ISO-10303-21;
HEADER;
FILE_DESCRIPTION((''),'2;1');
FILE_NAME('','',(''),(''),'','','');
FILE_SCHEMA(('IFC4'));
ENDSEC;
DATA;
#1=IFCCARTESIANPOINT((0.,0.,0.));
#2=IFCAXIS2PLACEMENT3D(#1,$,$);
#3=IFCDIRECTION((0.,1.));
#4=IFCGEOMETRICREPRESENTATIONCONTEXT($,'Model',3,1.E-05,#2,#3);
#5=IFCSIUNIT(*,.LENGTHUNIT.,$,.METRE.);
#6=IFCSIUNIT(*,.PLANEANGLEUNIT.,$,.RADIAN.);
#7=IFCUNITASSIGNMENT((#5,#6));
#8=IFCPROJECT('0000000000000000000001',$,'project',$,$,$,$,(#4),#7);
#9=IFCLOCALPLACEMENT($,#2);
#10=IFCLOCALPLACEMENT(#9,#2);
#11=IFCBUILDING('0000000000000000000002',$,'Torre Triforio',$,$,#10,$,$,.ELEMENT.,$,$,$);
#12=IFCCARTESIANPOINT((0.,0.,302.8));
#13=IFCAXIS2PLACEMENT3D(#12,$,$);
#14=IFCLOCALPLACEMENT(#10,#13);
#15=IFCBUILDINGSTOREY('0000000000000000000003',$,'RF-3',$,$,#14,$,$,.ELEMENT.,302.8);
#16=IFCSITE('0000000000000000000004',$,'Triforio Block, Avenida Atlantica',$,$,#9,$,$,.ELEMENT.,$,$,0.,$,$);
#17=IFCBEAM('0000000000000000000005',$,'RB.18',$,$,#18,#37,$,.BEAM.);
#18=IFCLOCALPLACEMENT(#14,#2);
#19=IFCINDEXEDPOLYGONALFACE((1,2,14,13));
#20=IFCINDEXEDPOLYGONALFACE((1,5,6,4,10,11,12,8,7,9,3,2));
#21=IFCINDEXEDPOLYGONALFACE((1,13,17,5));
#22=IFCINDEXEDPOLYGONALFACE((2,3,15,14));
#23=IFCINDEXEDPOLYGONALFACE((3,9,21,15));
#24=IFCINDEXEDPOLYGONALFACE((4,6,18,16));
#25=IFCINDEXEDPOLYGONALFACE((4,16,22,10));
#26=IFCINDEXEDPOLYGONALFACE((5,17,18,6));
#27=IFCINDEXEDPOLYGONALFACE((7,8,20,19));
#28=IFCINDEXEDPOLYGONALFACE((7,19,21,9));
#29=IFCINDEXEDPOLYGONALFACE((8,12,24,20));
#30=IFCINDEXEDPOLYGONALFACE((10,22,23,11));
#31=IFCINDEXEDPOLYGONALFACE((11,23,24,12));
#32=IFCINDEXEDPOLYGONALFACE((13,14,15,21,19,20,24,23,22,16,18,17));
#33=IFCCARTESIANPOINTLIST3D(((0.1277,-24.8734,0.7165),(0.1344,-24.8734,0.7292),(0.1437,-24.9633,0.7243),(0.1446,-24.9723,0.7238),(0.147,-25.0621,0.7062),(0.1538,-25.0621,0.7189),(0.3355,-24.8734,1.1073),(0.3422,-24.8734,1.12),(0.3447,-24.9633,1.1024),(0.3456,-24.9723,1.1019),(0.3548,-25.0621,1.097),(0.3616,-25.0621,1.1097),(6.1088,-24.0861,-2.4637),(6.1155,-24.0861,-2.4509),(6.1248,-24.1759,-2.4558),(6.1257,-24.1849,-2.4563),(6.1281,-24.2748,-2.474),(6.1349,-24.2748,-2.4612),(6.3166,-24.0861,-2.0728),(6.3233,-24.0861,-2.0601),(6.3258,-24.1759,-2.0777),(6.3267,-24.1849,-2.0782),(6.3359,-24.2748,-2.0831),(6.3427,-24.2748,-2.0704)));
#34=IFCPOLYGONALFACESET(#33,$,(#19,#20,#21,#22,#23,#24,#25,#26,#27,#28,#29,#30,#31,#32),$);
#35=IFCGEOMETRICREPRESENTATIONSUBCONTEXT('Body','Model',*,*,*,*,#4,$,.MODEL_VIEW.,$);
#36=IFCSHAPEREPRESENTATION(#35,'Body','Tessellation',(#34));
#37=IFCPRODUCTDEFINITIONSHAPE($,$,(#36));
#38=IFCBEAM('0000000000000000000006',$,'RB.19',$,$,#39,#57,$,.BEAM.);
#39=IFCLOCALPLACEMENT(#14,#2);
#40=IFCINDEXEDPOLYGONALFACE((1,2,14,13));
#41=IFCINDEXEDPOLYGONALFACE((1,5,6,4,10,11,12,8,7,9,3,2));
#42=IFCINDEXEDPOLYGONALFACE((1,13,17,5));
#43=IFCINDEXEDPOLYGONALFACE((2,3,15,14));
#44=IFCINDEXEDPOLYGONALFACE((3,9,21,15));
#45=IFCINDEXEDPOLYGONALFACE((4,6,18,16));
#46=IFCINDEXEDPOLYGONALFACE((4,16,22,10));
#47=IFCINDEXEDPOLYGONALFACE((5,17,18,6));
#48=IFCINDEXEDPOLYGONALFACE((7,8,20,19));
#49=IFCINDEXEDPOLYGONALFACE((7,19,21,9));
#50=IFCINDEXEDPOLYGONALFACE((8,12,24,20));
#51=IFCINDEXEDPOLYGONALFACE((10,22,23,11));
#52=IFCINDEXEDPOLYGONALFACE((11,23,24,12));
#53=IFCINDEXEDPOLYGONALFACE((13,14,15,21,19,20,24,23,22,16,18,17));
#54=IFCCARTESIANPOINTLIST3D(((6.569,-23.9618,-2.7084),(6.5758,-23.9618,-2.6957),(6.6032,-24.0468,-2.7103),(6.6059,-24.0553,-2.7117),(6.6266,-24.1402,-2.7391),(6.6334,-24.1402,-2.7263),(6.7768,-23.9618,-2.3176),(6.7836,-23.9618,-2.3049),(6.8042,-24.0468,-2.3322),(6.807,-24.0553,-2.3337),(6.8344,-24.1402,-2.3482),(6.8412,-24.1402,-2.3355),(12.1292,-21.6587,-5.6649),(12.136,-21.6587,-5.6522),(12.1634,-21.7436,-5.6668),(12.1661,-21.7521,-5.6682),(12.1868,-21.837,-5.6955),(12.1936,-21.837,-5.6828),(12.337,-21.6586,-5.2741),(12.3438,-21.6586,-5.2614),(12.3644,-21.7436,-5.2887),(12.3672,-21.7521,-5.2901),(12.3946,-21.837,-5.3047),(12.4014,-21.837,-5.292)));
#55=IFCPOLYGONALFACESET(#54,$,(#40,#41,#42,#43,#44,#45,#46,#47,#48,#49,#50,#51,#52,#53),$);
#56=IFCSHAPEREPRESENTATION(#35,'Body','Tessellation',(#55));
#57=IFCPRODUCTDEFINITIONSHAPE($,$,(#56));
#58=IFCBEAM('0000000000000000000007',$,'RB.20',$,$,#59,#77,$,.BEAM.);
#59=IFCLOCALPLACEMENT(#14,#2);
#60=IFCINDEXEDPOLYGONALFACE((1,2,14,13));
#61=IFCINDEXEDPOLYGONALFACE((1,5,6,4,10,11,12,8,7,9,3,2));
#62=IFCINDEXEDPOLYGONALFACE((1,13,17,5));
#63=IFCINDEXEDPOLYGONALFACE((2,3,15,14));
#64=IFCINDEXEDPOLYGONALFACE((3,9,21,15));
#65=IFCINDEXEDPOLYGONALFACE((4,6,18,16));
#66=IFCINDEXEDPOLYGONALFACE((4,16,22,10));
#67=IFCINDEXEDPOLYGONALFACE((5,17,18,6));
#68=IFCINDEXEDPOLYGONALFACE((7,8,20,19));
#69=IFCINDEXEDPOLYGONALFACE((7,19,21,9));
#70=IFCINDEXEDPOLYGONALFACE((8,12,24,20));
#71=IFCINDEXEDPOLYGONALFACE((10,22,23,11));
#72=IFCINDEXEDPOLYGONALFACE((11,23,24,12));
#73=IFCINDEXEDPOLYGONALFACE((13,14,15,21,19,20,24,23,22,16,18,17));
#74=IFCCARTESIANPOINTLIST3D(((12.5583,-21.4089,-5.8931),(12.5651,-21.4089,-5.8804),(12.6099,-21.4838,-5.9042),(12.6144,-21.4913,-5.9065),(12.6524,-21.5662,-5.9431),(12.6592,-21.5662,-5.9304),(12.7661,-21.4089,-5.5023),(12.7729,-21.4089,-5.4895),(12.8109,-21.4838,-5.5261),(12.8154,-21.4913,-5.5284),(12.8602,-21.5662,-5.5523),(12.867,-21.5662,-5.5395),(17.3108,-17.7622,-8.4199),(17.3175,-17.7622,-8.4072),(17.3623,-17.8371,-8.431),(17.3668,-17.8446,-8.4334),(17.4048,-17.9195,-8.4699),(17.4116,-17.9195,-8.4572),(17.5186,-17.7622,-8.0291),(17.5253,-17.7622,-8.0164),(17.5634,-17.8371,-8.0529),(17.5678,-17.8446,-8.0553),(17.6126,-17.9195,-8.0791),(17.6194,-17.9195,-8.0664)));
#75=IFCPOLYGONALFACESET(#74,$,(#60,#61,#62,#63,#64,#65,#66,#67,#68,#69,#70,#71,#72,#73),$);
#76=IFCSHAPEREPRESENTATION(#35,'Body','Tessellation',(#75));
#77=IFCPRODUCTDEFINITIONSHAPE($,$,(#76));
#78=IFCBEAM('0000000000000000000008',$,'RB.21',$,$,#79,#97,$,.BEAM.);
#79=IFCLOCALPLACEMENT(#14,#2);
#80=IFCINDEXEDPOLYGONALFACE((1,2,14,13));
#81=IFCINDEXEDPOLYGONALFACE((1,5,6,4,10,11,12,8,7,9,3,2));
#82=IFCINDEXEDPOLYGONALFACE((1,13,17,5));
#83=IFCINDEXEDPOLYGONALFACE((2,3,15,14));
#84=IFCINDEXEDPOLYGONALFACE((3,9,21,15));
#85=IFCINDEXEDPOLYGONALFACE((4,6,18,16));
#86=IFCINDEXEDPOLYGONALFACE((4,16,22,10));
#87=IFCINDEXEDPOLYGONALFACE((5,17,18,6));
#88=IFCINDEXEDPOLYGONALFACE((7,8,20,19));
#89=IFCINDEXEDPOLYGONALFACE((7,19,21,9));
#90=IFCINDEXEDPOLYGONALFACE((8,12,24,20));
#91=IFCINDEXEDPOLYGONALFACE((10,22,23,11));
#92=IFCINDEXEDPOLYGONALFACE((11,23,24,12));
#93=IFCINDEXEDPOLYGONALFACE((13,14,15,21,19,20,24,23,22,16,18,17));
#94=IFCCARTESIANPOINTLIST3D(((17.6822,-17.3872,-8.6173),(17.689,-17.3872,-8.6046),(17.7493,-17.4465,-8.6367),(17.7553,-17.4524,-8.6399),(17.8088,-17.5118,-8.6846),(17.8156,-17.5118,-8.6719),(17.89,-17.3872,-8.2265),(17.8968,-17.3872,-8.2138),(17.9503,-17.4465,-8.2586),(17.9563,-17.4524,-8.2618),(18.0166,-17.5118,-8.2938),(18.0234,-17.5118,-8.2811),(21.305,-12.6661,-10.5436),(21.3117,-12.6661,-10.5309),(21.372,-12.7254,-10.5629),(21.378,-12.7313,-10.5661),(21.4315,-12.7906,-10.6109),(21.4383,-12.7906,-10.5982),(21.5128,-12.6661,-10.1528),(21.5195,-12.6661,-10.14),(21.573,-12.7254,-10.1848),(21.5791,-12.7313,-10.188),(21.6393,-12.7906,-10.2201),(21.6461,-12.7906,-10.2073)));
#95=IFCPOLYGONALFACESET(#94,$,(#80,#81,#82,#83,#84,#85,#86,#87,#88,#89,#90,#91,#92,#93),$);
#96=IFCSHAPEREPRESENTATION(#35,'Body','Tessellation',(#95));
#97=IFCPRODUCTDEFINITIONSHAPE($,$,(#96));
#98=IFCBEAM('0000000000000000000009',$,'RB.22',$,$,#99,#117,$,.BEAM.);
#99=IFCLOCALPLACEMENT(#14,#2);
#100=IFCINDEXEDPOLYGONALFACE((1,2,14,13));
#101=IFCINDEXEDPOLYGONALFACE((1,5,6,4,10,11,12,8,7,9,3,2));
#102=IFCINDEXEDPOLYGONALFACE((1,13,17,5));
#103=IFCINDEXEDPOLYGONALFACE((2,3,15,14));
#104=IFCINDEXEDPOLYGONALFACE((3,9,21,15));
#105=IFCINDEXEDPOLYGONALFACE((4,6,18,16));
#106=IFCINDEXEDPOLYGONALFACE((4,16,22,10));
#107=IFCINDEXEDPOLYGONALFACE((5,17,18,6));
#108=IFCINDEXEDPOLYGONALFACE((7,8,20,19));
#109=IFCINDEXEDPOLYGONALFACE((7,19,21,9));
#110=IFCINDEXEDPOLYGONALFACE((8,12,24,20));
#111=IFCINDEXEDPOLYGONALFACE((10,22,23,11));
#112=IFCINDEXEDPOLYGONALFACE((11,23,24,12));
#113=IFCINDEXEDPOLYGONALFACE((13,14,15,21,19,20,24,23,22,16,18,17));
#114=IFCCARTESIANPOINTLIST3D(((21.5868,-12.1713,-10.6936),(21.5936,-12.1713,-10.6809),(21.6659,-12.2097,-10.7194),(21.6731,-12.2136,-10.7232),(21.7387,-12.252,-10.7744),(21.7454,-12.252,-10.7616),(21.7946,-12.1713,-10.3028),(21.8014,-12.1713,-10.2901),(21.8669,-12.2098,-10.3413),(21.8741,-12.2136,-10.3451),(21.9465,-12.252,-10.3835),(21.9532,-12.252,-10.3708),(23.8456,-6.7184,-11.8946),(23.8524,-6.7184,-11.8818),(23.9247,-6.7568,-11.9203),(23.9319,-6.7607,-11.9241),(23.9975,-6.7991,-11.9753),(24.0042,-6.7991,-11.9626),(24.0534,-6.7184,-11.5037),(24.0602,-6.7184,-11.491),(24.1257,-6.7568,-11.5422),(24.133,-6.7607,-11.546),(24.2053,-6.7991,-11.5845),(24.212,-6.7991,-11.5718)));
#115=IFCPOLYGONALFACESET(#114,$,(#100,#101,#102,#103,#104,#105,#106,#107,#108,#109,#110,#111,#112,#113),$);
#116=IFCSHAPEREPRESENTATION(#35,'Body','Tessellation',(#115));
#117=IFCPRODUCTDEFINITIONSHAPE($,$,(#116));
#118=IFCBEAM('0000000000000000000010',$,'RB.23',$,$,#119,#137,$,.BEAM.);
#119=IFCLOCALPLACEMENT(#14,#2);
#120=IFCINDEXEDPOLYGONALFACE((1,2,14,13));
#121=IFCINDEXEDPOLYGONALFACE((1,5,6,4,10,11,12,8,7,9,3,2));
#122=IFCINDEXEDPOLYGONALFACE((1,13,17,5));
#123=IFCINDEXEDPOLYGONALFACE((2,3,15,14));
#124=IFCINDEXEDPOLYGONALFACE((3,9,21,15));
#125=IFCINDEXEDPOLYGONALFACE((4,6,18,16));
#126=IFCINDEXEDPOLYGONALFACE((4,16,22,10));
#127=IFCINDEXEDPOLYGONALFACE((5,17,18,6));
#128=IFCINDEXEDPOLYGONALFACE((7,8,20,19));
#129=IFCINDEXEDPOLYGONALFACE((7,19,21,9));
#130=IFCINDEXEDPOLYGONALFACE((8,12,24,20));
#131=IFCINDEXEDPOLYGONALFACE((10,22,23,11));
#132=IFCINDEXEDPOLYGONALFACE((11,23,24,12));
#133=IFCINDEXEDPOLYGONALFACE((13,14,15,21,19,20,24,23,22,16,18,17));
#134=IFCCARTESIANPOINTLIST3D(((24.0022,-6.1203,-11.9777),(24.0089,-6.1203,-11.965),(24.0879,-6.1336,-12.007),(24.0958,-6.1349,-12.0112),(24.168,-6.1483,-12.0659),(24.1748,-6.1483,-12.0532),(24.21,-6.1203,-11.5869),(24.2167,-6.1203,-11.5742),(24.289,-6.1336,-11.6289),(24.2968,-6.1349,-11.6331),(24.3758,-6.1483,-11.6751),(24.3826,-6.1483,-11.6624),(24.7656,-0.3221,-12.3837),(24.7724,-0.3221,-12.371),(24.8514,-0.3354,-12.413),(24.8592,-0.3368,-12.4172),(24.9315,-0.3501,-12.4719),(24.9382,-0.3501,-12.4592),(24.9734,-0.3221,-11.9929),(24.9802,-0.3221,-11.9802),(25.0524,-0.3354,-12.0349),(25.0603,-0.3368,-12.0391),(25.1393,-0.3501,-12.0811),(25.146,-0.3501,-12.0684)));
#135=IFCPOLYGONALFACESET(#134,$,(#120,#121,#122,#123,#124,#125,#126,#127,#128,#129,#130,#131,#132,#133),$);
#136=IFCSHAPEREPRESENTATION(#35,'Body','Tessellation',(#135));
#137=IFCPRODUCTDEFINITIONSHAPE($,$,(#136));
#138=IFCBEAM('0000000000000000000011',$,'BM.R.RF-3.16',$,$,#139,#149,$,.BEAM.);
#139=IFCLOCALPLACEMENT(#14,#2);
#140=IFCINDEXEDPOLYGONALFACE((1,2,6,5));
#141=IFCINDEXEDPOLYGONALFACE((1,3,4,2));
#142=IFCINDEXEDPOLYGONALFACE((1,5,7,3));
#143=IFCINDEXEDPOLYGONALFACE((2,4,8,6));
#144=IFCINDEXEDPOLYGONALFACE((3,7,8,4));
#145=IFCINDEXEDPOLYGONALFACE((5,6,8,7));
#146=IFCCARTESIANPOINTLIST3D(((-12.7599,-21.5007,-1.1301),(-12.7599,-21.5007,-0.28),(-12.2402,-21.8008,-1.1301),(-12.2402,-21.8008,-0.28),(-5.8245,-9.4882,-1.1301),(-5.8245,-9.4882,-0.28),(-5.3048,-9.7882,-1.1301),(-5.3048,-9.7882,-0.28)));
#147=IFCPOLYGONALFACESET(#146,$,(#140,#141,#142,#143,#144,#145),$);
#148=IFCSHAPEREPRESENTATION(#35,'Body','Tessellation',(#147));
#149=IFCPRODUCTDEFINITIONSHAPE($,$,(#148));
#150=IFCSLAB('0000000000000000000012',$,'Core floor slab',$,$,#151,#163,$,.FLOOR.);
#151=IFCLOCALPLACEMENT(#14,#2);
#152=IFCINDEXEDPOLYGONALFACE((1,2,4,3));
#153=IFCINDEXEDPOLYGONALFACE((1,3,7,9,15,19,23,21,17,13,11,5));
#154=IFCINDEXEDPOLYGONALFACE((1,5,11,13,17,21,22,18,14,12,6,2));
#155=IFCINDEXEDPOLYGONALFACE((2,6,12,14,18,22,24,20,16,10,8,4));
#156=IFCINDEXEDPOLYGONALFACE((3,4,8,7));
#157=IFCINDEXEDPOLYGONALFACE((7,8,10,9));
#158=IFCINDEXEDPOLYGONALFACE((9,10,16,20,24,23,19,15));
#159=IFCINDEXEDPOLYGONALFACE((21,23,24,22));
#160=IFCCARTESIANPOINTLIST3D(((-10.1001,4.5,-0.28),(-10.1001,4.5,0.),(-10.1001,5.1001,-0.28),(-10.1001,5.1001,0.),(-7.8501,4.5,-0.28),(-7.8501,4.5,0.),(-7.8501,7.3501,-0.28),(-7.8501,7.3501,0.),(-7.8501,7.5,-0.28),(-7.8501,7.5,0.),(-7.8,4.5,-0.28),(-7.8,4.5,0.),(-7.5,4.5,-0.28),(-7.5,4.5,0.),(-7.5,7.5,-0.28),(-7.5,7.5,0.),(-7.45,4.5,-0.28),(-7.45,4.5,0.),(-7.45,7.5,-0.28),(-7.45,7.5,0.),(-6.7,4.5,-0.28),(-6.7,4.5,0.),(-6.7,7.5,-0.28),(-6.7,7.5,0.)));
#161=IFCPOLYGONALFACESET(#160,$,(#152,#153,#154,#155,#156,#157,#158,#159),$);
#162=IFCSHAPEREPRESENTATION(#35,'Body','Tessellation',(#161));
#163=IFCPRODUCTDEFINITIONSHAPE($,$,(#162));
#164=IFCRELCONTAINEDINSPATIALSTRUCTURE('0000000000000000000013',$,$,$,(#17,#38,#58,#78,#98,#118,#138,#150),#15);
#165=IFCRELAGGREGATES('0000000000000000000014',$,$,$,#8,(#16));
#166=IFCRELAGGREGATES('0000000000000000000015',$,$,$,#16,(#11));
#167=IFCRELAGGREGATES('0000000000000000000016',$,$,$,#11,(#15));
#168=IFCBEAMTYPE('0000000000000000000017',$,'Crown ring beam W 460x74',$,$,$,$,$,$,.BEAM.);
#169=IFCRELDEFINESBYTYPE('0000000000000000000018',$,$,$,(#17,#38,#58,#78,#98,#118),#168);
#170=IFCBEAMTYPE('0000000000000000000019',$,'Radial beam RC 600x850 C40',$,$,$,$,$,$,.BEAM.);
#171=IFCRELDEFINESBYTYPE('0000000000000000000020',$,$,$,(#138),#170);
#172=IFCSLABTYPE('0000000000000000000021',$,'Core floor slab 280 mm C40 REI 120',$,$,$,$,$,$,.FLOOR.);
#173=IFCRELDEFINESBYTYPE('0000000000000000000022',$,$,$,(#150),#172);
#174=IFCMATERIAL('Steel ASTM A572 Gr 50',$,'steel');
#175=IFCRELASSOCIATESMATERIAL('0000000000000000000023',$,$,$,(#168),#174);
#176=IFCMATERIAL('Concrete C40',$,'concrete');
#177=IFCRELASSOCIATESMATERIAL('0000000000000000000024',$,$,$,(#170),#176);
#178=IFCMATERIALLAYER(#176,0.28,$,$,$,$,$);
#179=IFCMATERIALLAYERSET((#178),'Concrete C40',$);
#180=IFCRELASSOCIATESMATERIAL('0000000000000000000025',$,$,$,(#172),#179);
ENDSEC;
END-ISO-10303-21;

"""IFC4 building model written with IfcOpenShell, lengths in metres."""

from ifc_helpers import new_model, si_unit, direction, frame, origin, origin_2d, place, context, subcontext, project, spatial, polyline, rectangle, i_section, outline, extrude, material, layer, layer_set, material_profile, profile_set, type_object, element, save


model = new_model("IFC4")

# Units and contexts
model_context = context("Model", 3, precision=1e-05, world=origin(), true_north=direction((0.0, 1.0)))
body_context = subcontext(model_context, "Body", "Model", "MODEL_VIEW")
ifc_project = project(units=[si_unit("LENGTHUNIT", "METRE"), si_unit("PLANEANGLEUNIT", "RADIAN")], contexts=[model_context])

# Site, building, storey
site_placement = place(None, origin())
site = spatial("IfcSite", under=ifc_project, at=site_placement, Name="Triforio Block, Avenida Atlantica", CompositionType="ELEMENT", RefElevation=0.0)
building_placement = place(site_placement, origin())
building = spatial("IfcBuilding", under=site, at=building_placement, Name="Torre Triforio", CompositionType="ELEMENT")
storey_placement = place(building_placement, frame((0.0, 0.0, 302.8)))
storey = spatial("IfcBuildingStorey", under=building, at=storey_placement, Name="RF-3", CompositionType="ELEMENT", Elevation=302.8)

# Shared definitions
ifc_material_1 = material(Name="Concrete C40", Category="concrete")

# Shared definitions
ifc_material_2 = material(Name="Steel ASTM A572 Gr 50", Category="steel")

# Beams
ifc_material_profile_1 = material_profile(ifc_material_2, i_section(OverallWidth=0.1899, OverallDepth=0.457, WebThickness=0.009, FlangeThickness=0.0144, at=origin_2d()), Name="W 460x74")
ifc_profile_set_1 = profile_set([ifc_material_profile_1], Name="Steel ASTM A572 Gr 50")
beam_type_1 = type_object("IfcBeamType", Name="Crown ring beam W 460x74", PredefinedType="BEAM", material=ifc_profile_set_1)
beam_1_placement = place(storey_placement, frame((0.2446, -24.9678, 0.9131), z_axis=(0.877048, 0.115453, -0.466322), x_axis=(-0.101936, 0.993313, 0.054208)))
element("IfcBeam", 1, at=beam_1_placement, inside=storey, type_object=beam_type_1, Name="RB.18", PredefinedType="BEAM", context=body_context, shape_type="SweptSolid", body=[
    extrude(i_section(OverallWidth=0.1899, OverallDepth=0.457, WebThickness=0.009, FlangeThickness=0.0144, at=origin_2d()), origin(), (0.0, 0.0, 1.0), 6.8196),
])
beam_2_placement = place(storey_placement, frame((6.7051, -24.051, -2.522), z_axis=(0.829222, 0.343486, -0.440917), x_axis=(-0.303282, 0.939158, 0.161253)))
element("IfcBeam", 2, at=beam_2_placement, inside=storey, type_object=beam_type_1, Name="RB.19", PredefinedType="BEAM", context=body_context, shape_type="SweptSolid", body=[
    extrude(i_section(OverallWidth=0.1899, OverallDepth=0.457, WebThickness=0.009, FlangeThickness=0.0144, at=origin_2d()), origin(), (0.0, 0.0, 1.0), 6.7053),
])
beam_3_placement = place(storey_placement, frame((12.7126, -21.4875, -5.7163), z_axis=(0.730978, 0.560907, -0.388658), x_axis=(-0.495253, 0.827879, 0.263327)))
element("IfcBeam", 3, at=beam_3_placement, inside=storey, type_object=beam_type_1, Name="RB.20", PredefinedType="BEAM", context=body_context, shape_type="SweptSolid", body=[
    extrude(i_section(OverallWidth=0.1899, OverallDepth=0.457, WebThickness=0.009, FlangeThickness=0.0144, at=origin_2d()), origin(), (0.0, 0.0, 1.0), 6.5015),
])
beam_4_placement = place(storey_placement, frame((17.8528, -17.4495, -8.4492), z_axis=(0.579186, 0.754788, -0.307957), x_axis=(-0.666437, 0.655968, 0.354356)))
element("IfcBeam", 4, at=beam_4_placement, inside=storey, type_object=beam_type_1, Name="RB.21", PredefinedType="BEAM", context=body_context, shape_type="SweptSolid", body=[
    extrude(i_section(OverallWidth=0.1899, OverallDepth=0.457, WebThickness=0.009, FlangeThickness=0.0144, at=origin_2d()), origin(), (0.0, 0.0, 1.0), 6.2549),
])
beam_5_placement = place(storey_placement, frame((21.77, -12.2117, -10.5322), z_axis=(0.375018, 0.905321, -0.199386), x_axis=(-0.799349, 0.424727, 0.425026)))
element("IfcBeam", 5, at=beam_5_placement, inside=storey, type_object=beam_type_1, Name="RB.22", PredefinedType="BEAM", context=body_context, shape_type="SweptSolid", body=[
    extrude(i_section(OverallWidth=0.1899, OverallDepth=0.457, WebThickness=0.009, FlangeThickness=0.0144, at=origin_2d()), origin(), (0.0, 0.0, 1.0), 6.0232),
])
beam_6_placement = place(storey_placement, frame((24.1924, -6.1343, -11.8201), z_axis=(0.130229, 0.989062, -0.069258), x_axis=(-0.873289, 0.1475, 0.464338)))
element("IfcBeam", 6, at=beam_6_placement, inside=storey, type_object=beam_type_1, Name="RB.23", PredefinedType="BEAM", context=body_context, shape_type="SweptSolid", body=[
    extrude(i_section(OverallWidth=0.1899, OverallDepth=0.457, WebThickness=0.009, FlangeThickness=0.0144, at=origin_2d()), origin(), (0.0, 0.0, 1.0), 5.8623),
])
ifc_material_profile_2 = material_profile(ifc_material_1, rectangle(XDim=0.6001, YDim=0.8501, at=origin_2d()), Name="RC 600x850")
ifc_profile_set_2 = profile_set([ifc_material_profile_2], Name="Concrete C40")
beam_type_2 = type_object("IfcBeamType", Name="Radial beam RC 600x850 C40", PredefinedType="BEAM", material=ifc_profile_set_2)
beam_7_placement = place(storey_placement, frame((-5.5647, -9.6382, -0.7051), z_axis=(-0.499995, -0.866028, 0.0), x_axis=(0.866028, -0.499995, 0.0)))
element("IfcBeam", 7, at=beam_7_placement, inside=storey, type_object=beam_type_2, Name="BM.R.RF-3.16", PredefinedType="BEAM", context=body_context, shape_type="SweptSolid", body=[
    extrude(rectangle(XDim=0.6001, YDim=0.8501, at=origin_2d()), origin(), (0.0, 0.0, 1.0), 13.8708),
])

# Slab
ifc_layer_1 = layer(ifc_material_1, 0.28)
ifc_layer_set_1 = layer_set([ifc_layer_1], Name="Concrete C40")
slab_type_1 = type_object("IfcSlabType", Name="Core floor slab 280 mm C40 REI 120", PredefinedType="FLOOR", material=ifc_layer_set_1)
slab_1_placement = place(storey_placement, frame((0.0, 0.0, -0.28)))
element("IfcSlab", 8, at=slab_1_placement, inside=storey, type_object=slab_type_1, Name="Core floor slab", PredefinedType="FLOOR", context=body_context, shape_type="SweptSolid", body=[
    extrude(outline(polyline([(-7.8501, 4.5), (-10.1001, 4.5), (-10.1001, 5.1001), (-7.8501, 7.3501), (-7.8501, 7.5), (-7.5, 7.5), (-7.45, 7.5), (-6.7, 7.5), (-6.7, 4.5), (-7.45, 4.5), (-7.5, 4.5), (-7.8, 4.5), (-7.8501, 4.5)])), origin(), (0.0, 0.0, 1.0), 0.28),
])

save(model, "model.ifc")
